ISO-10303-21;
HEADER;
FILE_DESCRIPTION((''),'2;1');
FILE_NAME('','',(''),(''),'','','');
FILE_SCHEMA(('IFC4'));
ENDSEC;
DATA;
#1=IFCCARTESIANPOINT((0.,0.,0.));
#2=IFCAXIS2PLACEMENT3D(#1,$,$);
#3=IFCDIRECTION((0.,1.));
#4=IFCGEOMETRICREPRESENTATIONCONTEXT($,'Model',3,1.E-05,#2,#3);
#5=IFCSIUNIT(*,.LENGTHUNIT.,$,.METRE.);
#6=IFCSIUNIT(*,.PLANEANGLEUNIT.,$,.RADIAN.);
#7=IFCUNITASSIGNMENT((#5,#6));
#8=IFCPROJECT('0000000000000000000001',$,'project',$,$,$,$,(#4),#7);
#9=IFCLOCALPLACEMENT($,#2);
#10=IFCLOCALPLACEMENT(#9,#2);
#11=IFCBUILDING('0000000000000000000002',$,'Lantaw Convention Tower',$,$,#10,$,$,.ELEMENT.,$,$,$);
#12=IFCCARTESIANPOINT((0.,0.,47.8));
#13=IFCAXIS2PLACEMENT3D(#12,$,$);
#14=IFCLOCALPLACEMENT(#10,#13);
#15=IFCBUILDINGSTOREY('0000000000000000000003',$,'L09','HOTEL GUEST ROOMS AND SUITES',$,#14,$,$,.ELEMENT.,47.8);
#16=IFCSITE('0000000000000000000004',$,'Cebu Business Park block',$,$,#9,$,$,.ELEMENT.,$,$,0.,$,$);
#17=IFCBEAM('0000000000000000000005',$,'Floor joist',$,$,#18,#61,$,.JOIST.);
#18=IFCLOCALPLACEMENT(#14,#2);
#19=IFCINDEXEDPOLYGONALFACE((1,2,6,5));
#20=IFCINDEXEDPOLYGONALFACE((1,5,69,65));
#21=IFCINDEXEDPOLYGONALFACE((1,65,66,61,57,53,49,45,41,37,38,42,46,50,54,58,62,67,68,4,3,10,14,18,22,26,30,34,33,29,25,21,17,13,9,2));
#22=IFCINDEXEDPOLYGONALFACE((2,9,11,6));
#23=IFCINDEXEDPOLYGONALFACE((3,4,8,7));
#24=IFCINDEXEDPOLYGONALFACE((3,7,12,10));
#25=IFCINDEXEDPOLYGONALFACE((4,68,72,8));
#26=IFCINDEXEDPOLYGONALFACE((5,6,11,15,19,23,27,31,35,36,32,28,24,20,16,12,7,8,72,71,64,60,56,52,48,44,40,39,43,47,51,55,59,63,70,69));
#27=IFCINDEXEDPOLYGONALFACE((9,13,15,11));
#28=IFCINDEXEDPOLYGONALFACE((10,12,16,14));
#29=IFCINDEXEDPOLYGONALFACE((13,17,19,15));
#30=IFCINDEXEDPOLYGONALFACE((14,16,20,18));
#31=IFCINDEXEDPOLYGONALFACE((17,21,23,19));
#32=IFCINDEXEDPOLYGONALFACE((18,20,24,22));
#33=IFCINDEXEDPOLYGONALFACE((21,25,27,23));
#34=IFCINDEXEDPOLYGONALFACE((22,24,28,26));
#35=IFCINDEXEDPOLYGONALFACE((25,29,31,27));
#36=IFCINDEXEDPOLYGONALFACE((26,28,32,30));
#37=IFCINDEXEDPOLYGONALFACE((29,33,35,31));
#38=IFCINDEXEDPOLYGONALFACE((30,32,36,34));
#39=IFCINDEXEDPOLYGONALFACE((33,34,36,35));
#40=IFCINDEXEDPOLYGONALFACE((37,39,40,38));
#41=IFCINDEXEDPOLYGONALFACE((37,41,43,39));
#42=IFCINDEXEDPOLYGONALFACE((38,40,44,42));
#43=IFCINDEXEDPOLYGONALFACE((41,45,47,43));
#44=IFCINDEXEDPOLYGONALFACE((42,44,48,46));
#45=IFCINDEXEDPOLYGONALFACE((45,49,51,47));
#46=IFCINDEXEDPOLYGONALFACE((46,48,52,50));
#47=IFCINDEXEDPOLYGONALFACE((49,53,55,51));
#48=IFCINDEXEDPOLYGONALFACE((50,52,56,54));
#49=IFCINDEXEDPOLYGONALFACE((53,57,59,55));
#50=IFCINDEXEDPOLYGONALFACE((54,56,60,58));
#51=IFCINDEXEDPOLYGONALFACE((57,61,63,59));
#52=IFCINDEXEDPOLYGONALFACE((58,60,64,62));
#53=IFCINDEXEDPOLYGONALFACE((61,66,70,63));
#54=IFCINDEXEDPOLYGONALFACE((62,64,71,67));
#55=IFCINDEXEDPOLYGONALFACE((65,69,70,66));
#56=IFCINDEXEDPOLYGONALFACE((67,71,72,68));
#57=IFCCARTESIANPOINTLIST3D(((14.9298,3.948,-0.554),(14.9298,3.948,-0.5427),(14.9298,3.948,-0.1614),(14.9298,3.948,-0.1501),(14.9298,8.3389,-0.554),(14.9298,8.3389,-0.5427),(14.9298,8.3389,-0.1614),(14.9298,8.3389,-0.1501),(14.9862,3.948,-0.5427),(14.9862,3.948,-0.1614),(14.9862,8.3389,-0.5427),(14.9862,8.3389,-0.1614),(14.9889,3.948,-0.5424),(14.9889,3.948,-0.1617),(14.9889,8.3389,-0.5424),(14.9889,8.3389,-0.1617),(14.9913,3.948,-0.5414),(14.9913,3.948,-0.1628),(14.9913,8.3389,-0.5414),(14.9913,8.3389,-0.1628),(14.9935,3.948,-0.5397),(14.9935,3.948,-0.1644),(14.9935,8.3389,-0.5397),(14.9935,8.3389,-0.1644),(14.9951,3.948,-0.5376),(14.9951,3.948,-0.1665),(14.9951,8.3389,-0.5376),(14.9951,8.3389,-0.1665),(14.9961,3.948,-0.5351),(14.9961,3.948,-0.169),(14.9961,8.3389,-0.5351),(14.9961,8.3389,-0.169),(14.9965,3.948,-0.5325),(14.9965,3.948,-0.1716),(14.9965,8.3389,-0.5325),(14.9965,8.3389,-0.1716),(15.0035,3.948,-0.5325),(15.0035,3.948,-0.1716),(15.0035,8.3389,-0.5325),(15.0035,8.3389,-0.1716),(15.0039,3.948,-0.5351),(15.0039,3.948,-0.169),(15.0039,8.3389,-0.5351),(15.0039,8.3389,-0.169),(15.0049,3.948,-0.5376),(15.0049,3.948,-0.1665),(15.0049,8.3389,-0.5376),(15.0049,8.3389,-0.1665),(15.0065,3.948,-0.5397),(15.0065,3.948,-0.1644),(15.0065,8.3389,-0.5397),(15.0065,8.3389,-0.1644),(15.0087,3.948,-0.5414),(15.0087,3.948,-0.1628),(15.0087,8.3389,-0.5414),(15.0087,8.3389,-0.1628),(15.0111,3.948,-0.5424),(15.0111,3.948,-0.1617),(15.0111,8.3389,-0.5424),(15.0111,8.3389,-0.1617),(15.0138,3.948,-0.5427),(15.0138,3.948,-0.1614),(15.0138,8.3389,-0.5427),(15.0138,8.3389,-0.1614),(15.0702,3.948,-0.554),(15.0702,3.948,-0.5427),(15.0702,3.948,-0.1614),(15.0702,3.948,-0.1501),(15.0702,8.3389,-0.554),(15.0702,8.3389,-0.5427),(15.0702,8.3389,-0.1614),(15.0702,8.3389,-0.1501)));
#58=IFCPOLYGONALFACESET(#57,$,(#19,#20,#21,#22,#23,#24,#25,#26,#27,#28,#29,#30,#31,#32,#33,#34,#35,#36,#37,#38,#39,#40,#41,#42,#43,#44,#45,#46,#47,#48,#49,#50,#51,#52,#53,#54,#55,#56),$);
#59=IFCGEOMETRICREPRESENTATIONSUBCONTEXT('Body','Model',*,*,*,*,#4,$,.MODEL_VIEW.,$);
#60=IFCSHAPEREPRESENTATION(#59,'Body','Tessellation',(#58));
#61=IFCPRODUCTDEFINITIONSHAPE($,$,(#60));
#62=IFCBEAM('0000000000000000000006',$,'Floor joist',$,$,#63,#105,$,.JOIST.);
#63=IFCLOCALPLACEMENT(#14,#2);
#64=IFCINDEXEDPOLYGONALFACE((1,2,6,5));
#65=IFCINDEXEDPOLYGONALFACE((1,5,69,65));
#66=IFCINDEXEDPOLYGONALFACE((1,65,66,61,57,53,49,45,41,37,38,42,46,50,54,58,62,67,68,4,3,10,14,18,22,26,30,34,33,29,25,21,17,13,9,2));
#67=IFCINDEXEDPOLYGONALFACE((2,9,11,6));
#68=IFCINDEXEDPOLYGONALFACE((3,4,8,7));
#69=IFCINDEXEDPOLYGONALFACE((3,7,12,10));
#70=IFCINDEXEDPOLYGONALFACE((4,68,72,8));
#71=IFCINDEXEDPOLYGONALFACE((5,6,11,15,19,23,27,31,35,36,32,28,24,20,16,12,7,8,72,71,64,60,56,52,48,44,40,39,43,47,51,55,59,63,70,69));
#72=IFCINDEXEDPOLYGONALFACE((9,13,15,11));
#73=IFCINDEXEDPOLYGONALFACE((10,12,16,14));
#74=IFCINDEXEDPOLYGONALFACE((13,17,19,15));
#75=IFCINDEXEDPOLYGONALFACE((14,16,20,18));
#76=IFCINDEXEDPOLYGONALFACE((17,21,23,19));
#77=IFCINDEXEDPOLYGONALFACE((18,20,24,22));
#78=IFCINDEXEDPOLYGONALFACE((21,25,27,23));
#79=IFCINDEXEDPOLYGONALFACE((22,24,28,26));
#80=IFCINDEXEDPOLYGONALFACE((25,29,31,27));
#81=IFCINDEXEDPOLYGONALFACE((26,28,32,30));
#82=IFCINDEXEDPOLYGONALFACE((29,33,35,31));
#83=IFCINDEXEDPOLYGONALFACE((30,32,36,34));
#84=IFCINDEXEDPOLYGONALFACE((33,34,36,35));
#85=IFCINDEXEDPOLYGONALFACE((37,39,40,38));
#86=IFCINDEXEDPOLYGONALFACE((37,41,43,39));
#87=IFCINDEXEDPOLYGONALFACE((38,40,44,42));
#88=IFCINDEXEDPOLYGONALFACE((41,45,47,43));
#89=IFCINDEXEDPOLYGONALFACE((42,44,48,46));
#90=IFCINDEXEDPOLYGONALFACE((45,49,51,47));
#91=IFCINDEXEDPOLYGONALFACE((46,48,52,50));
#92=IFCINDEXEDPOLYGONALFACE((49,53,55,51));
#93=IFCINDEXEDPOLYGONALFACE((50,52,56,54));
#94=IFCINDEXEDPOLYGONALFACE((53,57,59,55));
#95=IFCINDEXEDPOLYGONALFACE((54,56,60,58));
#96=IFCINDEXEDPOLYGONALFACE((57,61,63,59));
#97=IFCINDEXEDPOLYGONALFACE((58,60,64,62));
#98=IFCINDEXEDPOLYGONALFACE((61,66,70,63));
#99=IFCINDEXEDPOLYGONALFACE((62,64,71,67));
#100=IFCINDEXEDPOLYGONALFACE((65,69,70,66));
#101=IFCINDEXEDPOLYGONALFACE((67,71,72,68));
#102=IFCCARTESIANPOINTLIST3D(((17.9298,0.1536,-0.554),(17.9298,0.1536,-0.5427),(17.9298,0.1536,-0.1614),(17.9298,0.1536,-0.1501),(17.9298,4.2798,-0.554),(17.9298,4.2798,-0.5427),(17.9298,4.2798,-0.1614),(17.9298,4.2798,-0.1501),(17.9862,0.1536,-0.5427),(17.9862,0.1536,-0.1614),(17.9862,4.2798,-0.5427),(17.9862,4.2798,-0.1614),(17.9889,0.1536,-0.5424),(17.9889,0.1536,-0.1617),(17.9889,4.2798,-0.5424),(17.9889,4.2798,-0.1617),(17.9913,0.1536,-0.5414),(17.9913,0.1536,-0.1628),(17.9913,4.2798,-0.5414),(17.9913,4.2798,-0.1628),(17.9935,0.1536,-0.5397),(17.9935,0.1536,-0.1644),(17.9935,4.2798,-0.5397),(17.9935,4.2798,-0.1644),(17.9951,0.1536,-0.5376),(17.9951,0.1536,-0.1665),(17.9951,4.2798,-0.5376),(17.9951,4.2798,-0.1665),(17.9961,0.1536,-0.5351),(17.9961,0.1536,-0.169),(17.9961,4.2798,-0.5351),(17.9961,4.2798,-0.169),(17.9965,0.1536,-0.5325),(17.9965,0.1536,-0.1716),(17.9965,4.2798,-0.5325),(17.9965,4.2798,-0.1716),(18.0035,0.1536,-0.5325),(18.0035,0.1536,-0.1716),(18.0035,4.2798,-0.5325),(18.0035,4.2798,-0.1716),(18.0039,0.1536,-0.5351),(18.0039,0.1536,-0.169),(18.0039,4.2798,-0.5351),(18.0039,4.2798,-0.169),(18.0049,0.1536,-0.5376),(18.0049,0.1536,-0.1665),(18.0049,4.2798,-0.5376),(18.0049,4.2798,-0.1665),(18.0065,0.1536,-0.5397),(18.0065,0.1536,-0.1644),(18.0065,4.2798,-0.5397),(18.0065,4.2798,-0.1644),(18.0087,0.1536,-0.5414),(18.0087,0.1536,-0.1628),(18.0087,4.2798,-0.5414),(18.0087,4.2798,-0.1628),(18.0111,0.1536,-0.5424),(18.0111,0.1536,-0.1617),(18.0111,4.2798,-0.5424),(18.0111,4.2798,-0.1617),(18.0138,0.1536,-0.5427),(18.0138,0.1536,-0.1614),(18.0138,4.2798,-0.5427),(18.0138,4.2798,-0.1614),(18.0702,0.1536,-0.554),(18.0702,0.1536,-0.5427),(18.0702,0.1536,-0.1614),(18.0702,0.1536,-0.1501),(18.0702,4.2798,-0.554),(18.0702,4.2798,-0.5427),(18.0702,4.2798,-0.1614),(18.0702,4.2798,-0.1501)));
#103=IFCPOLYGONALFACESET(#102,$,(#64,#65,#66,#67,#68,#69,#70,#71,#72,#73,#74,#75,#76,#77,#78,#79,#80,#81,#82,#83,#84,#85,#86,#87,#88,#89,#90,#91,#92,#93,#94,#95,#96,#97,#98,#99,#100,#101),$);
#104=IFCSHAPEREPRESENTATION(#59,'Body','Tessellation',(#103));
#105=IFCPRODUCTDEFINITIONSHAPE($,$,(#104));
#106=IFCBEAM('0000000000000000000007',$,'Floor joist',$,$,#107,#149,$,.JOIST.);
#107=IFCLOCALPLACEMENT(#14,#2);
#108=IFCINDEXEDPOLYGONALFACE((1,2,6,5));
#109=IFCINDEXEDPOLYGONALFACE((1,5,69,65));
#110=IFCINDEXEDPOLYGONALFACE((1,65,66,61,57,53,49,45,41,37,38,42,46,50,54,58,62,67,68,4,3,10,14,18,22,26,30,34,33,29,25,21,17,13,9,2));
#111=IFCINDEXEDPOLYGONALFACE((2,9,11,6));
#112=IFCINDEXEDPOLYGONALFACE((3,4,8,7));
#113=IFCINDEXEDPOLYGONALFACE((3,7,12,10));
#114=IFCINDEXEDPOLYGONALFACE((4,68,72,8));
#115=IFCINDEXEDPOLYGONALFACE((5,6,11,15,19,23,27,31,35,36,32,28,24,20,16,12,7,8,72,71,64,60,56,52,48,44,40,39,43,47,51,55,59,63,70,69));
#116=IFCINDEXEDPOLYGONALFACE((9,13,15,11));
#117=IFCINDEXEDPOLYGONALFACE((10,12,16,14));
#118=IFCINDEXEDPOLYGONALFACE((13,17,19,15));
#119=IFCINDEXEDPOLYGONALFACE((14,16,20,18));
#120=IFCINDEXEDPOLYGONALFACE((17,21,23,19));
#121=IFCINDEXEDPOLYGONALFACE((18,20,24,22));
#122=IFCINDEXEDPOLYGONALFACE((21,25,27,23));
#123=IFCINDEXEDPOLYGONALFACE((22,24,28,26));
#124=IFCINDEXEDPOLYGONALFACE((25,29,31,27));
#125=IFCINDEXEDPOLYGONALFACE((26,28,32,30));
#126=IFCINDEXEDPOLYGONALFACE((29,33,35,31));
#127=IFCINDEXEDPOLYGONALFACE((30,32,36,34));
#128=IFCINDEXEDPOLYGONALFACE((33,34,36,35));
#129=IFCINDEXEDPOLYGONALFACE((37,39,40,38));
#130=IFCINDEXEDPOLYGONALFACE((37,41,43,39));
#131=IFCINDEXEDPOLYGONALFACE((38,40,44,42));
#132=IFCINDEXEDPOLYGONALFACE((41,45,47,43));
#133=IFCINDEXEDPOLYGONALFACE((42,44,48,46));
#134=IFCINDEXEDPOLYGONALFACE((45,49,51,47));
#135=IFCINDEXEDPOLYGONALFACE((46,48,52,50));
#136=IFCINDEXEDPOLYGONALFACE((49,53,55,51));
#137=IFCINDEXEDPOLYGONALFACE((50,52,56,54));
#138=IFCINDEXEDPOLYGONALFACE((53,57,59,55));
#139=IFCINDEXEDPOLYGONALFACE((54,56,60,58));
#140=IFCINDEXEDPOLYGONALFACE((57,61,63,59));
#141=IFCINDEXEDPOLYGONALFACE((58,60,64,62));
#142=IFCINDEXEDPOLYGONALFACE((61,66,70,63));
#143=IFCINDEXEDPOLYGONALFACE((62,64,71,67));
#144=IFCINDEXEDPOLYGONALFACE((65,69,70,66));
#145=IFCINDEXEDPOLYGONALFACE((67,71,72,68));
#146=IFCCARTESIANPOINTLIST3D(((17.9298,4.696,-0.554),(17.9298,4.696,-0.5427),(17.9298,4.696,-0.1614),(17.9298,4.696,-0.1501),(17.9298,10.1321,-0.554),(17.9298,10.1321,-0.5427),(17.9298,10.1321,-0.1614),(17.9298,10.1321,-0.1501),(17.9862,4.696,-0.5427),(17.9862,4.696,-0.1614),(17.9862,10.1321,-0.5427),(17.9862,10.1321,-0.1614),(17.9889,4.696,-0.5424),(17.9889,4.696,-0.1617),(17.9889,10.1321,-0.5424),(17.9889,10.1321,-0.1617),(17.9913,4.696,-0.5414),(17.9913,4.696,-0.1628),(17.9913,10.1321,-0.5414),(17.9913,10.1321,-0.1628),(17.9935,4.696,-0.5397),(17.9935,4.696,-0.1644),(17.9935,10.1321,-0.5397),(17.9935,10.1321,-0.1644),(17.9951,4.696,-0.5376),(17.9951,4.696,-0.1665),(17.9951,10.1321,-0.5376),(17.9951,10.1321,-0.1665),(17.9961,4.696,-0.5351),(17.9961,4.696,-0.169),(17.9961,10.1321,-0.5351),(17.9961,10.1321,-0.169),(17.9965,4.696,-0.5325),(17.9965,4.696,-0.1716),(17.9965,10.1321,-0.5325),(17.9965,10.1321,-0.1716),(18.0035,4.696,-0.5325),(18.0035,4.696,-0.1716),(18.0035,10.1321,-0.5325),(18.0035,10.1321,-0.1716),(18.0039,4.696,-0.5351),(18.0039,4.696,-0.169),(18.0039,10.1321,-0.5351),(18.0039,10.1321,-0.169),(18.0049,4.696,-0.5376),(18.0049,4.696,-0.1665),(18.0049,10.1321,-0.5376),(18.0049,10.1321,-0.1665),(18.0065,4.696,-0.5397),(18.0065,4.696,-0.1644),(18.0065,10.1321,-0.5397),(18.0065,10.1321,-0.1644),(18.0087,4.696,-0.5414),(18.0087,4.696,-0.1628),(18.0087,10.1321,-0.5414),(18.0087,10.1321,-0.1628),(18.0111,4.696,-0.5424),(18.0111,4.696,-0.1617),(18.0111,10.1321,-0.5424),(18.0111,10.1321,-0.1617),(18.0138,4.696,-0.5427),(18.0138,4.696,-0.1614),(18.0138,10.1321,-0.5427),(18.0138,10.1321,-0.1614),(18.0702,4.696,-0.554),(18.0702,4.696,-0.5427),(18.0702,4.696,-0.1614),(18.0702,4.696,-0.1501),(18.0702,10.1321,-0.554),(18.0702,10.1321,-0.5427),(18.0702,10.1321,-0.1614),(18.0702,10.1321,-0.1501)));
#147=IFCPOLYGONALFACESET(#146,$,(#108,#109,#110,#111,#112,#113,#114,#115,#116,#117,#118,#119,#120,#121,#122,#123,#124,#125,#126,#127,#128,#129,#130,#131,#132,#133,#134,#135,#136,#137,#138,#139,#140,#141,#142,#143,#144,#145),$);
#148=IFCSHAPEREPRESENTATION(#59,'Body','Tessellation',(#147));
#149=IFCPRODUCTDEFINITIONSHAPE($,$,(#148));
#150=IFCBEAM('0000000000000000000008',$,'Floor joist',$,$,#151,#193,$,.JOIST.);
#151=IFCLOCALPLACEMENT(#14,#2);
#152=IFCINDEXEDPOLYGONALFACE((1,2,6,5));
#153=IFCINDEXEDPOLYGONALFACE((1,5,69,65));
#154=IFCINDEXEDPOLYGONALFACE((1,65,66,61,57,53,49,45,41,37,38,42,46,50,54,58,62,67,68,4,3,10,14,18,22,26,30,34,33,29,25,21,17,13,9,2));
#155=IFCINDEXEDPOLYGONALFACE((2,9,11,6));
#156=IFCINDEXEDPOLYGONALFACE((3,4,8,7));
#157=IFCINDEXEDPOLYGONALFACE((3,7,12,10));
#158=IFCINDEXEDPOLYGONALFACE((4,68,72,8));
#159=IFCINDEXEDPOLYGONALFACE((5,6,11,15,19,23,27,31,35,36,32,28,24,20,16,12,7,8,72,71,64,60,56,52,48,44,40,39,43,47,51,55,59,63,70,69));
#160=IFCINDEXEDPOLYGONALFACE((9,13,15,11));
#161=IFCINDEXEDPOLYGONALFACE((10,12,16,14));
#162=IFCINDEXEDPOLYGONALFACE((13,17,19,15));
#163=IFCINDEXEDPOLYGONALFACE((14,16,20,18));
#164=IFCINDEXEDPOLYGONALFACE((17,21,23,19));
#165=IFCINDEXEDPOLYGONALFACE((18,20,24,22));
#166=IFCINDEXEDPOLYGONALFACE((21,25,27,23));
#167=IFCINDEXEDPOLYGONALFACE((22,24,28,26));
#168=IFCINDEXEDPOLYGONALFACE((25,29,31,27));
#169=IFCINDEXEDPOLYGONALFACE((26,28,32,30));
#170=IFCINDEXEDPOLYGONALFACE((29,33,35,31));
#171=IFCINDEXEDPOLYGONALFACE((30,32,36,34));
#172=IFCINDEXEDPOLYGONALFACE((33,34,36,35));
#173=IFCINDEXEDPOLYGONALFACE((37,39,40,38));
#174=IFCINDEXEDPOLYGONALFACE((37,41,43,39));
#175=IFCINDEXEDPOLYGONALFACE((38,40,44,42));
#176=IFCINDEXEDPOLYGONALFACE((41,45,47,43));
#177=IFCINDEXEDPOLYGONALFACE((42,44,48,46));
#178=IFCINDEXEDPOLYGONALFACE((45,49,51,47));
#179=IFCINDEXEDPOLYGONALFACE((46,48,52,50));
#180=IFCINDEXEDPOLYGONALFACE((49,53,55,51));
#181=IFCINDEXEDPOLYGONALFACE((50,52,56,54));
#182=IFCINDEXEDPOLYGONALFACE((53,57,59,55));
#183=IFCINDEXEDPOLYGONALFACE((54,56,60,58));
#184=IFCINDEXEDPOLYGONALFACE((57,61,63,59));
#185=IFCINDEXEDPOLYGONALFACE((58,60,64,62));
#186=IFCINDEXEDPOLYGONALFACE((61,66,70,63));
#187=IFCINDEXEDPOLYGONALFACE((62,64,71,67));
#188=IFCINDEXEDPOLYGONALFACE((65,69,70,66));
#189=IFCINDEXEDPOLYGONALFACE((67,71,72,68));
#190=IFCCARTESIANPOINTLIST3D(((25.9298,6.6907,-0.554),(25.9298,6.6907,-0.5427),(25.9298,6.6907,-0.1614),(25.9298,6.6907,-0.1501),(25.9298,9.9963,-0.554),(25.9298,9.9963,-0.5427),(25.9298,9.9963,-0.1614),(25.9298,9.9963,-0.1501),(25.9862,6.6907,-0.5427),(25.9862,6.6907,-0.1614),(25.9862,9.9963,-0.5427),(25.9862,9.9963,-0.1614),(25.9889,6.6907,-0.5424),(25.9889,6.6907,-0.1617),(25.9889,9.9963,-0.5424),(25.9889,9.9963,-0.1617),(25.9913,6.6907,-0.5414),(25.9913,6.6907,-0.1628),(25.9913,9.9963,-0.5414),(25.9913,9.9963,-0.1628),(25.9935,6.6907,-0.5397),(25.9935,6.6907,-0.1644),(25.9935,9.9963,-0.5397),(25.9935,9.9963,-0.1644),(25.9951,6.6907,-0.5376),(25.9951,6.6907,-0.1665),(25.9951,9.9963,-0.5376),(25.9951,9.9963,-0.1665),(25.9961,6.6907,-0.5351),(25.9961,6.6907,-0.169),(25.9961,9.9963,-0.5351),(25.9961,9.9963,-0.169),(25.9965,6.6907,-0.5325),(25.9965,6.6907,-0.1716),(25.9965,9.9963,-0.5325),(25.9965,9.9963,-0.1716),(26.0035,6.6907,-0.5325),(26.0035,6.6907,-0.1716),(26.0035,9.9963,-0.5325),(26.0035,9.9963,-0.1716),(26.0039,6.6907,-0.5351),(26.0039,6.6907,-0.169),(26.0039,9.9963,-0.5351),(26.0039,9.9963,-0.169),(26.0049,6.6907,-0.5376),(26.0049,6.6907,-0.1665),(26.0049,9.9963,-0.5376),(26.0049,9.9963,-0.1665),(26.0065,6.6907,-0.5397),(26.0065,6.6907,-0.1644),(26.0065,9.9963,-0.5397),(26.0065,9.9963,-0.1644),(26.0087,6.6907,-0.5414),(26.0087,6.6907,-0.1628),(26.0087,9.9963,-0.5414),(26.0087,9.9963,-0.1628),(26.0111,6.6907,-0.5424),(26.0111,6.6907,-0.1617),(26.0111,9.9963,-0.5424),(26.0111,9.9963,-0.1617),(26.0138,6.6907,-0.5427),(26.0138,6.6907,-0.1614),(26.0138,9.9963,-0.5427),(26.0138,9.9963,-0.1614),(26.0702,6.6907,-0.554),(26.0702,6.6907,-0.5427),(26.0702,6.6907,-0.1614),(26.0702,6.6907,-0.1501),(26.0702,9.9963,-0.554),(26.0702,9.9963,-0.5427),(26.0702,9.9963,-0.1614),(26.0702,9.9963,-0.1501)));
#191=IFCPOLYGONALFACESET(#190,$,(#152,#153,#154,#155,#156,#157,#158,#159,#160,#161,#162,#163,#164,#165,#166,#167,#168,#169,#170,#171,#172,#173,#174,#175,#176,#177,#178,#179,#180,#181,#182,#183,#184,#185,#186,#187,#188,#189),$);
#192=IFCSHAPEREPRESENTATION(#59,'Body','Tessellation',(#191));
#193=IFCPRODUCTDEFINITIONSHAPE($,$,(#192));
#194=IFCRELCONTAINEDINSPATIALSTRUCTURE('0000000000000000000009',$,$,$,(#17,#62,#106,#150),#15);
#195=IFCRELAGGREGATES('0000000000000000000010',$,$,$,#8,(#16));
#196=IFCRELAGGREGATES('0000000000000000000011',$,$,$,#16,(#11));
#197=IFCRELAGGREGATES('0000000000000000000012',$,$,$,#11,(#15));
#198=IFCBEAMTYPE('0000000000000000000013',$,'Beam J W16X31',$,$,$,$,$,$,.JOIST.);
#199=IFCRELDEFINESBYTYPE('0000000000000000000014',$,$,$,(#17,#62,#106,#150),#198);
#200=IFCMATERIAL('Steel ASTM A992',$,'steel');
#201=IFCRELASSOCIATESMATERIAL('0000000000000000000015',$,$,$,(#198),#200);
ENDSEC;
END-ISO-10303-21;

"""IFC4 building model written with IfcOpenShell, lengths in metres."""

from ifc_helpers import new_model, si_unit, direction, frame, origin, origin_2d, place, context, subcontext, project, spatial, i_section, extrude, material, material_profile, profile_set, type_object, element, save


model = new_model("IFC4")

# Units and contexts
model_context = context("Model", 3, precision=1e-05, world=origin(), true_north=direction((0.0, 1.0)))
body_context = subcontext(model_context, "Body", "Model", "MODEL_VIEW")
ifc_project = project(units=[si_unit("LENGTHUNIT", "METRE"), si_unit("PLANEANGLEUNIT", "RADIAN")], contexts=[model_context])

# Site, building, storey
site_placement = place(None, origin())
site = spatial("IfcSite", under=ifc_project, at=site_placement, Name="Cebu Business Park block", CompositionType="ELEMENT", RefElevation=0.0)
building_placement = place(site_placement, origin())
building = spatial("IfcBuilding", under=site, at=building_placement, Name="Lantaw Convention Tower", CompositionType="ELEMENT")
storey_placement = place(building_placement, frame((0.0, 0.0, 47.8)))
storey = spatial("IfcBuildingStorey", under=building, at=storey_placement, Name="L09", Description="HOTEL GUEST ROOMS AND SUITES", CompositionType="ELEMENT", Elevation=47.8)

# Beams
ifc_material_1 = material(Name="Steel ASTM A992", Category="steel")
ifc_material_profile_1 = material_profile(ifc_material_1, i_section(OverallWidth=0.1404, OverallDepth=0.4038, WebThickness=0.0071, FlangeThickness=0.0112, FilletRadius=0.0103, at=origin_2d()), Name="W16X31")
ifc_profile_set_1 = profile_set([ifc_material_profile_1], Name="Steel ASTM A992")
beam_type_1 = type_object("IfcBeamType", Name="Beam J W16X31", PredefinedType="JOIST", material=ifc_profile_set_1)
beam_1_placement = place(storey_placement, frame((15.0, 3.948, -0.3521), z_axis=(0.0, 1.0, 0.0), x_axis=(-1.0, 0.0, 0.0)))
element("IfcBeam", 1, at=beam_1_placement, inside=storey, type_object=beam_type_1, Name="Floor joist", PredefinedType="JOIST", context=body_context, shape_type="SweptSolid", body=[
    extrude(i_section(OverallWidth=0.1404, OverallDepth=0.4038, WebThickness=0.0071, FlangeThickness=0.0112, FilletRadius=0.0103, at=origin_2d()), origin(), (0.0, 0.0, 1.0), 4.3909),
])
beam_2_placement = place(storey_placement, frame((18.0, 0.1536, -0.3521), z_axis=(0.0, 1.0, 0.0), x_axis=(-1.0, 0.0, 0.0)))
element("IfcBeam", 2, at=beam_2_placement, inside=storey, type_object=beam_type_1, Name="Floor joist", PredefinedType="JOIST", context=body_context, shape_type="SweptSolid", body=[
    extrude(i_section(OverallWidth=0.1404, OverallDepth=0.4038, WebThickness=0.0071, FlangeThickness=0.0112, FilletRadius=0.0103, at=origin_2d()), origin(), (0.0, 0.0, 1.0), 4.1262),
])
beam_3_placement = place(storey_placement, frame((18.0, 4.696, -0.3521), z_axis=(0.0, 1.0, 0.0), x_axis=(-1.0, 0.0, 0.0)))
element("IfcBeam", 3, at=beam_3_placement, inside=storey, type_object=beam_type_1, Name="Floor joist", PredefinedType="JOIST", context=body_context, shape_type="SweptSolid", body=[
    extrude(i_section(OverallWidth=0.1404, OverallDepth=0.4038, WebThickness=0.0071, FlangeThickness=0.0112, FilletRadius=0.0103, at=origin_2d()), origin(), (0.0, 0.0, 1.0), 5.436),
])
beam_4_placement = place(storey_placement, frame((26.0, 6.6907, -0.3521), z_axis=(0.0, 1.0, 0.0), x_axis=(-1.0, 0.0, 0.0)))
element("IfcBeam", 4, at=beam_4_placement, inside=storey, type_object=beam_type_1, Name="Floor joist", PredefinedType="JOIST", context=body_context, shape_type="SweptSolid", body=[
    extrude(i_section(OverallWidth=0.1404, OverallDepth=0.4038, WebThickness=0.0071, FlangeThickness=0.0112, FilletRadius=0.0103, at=origin_2d()), origin(), (0.0, 0.0, 1.0), 3.3057),
])

save(model, "model.ifc")
